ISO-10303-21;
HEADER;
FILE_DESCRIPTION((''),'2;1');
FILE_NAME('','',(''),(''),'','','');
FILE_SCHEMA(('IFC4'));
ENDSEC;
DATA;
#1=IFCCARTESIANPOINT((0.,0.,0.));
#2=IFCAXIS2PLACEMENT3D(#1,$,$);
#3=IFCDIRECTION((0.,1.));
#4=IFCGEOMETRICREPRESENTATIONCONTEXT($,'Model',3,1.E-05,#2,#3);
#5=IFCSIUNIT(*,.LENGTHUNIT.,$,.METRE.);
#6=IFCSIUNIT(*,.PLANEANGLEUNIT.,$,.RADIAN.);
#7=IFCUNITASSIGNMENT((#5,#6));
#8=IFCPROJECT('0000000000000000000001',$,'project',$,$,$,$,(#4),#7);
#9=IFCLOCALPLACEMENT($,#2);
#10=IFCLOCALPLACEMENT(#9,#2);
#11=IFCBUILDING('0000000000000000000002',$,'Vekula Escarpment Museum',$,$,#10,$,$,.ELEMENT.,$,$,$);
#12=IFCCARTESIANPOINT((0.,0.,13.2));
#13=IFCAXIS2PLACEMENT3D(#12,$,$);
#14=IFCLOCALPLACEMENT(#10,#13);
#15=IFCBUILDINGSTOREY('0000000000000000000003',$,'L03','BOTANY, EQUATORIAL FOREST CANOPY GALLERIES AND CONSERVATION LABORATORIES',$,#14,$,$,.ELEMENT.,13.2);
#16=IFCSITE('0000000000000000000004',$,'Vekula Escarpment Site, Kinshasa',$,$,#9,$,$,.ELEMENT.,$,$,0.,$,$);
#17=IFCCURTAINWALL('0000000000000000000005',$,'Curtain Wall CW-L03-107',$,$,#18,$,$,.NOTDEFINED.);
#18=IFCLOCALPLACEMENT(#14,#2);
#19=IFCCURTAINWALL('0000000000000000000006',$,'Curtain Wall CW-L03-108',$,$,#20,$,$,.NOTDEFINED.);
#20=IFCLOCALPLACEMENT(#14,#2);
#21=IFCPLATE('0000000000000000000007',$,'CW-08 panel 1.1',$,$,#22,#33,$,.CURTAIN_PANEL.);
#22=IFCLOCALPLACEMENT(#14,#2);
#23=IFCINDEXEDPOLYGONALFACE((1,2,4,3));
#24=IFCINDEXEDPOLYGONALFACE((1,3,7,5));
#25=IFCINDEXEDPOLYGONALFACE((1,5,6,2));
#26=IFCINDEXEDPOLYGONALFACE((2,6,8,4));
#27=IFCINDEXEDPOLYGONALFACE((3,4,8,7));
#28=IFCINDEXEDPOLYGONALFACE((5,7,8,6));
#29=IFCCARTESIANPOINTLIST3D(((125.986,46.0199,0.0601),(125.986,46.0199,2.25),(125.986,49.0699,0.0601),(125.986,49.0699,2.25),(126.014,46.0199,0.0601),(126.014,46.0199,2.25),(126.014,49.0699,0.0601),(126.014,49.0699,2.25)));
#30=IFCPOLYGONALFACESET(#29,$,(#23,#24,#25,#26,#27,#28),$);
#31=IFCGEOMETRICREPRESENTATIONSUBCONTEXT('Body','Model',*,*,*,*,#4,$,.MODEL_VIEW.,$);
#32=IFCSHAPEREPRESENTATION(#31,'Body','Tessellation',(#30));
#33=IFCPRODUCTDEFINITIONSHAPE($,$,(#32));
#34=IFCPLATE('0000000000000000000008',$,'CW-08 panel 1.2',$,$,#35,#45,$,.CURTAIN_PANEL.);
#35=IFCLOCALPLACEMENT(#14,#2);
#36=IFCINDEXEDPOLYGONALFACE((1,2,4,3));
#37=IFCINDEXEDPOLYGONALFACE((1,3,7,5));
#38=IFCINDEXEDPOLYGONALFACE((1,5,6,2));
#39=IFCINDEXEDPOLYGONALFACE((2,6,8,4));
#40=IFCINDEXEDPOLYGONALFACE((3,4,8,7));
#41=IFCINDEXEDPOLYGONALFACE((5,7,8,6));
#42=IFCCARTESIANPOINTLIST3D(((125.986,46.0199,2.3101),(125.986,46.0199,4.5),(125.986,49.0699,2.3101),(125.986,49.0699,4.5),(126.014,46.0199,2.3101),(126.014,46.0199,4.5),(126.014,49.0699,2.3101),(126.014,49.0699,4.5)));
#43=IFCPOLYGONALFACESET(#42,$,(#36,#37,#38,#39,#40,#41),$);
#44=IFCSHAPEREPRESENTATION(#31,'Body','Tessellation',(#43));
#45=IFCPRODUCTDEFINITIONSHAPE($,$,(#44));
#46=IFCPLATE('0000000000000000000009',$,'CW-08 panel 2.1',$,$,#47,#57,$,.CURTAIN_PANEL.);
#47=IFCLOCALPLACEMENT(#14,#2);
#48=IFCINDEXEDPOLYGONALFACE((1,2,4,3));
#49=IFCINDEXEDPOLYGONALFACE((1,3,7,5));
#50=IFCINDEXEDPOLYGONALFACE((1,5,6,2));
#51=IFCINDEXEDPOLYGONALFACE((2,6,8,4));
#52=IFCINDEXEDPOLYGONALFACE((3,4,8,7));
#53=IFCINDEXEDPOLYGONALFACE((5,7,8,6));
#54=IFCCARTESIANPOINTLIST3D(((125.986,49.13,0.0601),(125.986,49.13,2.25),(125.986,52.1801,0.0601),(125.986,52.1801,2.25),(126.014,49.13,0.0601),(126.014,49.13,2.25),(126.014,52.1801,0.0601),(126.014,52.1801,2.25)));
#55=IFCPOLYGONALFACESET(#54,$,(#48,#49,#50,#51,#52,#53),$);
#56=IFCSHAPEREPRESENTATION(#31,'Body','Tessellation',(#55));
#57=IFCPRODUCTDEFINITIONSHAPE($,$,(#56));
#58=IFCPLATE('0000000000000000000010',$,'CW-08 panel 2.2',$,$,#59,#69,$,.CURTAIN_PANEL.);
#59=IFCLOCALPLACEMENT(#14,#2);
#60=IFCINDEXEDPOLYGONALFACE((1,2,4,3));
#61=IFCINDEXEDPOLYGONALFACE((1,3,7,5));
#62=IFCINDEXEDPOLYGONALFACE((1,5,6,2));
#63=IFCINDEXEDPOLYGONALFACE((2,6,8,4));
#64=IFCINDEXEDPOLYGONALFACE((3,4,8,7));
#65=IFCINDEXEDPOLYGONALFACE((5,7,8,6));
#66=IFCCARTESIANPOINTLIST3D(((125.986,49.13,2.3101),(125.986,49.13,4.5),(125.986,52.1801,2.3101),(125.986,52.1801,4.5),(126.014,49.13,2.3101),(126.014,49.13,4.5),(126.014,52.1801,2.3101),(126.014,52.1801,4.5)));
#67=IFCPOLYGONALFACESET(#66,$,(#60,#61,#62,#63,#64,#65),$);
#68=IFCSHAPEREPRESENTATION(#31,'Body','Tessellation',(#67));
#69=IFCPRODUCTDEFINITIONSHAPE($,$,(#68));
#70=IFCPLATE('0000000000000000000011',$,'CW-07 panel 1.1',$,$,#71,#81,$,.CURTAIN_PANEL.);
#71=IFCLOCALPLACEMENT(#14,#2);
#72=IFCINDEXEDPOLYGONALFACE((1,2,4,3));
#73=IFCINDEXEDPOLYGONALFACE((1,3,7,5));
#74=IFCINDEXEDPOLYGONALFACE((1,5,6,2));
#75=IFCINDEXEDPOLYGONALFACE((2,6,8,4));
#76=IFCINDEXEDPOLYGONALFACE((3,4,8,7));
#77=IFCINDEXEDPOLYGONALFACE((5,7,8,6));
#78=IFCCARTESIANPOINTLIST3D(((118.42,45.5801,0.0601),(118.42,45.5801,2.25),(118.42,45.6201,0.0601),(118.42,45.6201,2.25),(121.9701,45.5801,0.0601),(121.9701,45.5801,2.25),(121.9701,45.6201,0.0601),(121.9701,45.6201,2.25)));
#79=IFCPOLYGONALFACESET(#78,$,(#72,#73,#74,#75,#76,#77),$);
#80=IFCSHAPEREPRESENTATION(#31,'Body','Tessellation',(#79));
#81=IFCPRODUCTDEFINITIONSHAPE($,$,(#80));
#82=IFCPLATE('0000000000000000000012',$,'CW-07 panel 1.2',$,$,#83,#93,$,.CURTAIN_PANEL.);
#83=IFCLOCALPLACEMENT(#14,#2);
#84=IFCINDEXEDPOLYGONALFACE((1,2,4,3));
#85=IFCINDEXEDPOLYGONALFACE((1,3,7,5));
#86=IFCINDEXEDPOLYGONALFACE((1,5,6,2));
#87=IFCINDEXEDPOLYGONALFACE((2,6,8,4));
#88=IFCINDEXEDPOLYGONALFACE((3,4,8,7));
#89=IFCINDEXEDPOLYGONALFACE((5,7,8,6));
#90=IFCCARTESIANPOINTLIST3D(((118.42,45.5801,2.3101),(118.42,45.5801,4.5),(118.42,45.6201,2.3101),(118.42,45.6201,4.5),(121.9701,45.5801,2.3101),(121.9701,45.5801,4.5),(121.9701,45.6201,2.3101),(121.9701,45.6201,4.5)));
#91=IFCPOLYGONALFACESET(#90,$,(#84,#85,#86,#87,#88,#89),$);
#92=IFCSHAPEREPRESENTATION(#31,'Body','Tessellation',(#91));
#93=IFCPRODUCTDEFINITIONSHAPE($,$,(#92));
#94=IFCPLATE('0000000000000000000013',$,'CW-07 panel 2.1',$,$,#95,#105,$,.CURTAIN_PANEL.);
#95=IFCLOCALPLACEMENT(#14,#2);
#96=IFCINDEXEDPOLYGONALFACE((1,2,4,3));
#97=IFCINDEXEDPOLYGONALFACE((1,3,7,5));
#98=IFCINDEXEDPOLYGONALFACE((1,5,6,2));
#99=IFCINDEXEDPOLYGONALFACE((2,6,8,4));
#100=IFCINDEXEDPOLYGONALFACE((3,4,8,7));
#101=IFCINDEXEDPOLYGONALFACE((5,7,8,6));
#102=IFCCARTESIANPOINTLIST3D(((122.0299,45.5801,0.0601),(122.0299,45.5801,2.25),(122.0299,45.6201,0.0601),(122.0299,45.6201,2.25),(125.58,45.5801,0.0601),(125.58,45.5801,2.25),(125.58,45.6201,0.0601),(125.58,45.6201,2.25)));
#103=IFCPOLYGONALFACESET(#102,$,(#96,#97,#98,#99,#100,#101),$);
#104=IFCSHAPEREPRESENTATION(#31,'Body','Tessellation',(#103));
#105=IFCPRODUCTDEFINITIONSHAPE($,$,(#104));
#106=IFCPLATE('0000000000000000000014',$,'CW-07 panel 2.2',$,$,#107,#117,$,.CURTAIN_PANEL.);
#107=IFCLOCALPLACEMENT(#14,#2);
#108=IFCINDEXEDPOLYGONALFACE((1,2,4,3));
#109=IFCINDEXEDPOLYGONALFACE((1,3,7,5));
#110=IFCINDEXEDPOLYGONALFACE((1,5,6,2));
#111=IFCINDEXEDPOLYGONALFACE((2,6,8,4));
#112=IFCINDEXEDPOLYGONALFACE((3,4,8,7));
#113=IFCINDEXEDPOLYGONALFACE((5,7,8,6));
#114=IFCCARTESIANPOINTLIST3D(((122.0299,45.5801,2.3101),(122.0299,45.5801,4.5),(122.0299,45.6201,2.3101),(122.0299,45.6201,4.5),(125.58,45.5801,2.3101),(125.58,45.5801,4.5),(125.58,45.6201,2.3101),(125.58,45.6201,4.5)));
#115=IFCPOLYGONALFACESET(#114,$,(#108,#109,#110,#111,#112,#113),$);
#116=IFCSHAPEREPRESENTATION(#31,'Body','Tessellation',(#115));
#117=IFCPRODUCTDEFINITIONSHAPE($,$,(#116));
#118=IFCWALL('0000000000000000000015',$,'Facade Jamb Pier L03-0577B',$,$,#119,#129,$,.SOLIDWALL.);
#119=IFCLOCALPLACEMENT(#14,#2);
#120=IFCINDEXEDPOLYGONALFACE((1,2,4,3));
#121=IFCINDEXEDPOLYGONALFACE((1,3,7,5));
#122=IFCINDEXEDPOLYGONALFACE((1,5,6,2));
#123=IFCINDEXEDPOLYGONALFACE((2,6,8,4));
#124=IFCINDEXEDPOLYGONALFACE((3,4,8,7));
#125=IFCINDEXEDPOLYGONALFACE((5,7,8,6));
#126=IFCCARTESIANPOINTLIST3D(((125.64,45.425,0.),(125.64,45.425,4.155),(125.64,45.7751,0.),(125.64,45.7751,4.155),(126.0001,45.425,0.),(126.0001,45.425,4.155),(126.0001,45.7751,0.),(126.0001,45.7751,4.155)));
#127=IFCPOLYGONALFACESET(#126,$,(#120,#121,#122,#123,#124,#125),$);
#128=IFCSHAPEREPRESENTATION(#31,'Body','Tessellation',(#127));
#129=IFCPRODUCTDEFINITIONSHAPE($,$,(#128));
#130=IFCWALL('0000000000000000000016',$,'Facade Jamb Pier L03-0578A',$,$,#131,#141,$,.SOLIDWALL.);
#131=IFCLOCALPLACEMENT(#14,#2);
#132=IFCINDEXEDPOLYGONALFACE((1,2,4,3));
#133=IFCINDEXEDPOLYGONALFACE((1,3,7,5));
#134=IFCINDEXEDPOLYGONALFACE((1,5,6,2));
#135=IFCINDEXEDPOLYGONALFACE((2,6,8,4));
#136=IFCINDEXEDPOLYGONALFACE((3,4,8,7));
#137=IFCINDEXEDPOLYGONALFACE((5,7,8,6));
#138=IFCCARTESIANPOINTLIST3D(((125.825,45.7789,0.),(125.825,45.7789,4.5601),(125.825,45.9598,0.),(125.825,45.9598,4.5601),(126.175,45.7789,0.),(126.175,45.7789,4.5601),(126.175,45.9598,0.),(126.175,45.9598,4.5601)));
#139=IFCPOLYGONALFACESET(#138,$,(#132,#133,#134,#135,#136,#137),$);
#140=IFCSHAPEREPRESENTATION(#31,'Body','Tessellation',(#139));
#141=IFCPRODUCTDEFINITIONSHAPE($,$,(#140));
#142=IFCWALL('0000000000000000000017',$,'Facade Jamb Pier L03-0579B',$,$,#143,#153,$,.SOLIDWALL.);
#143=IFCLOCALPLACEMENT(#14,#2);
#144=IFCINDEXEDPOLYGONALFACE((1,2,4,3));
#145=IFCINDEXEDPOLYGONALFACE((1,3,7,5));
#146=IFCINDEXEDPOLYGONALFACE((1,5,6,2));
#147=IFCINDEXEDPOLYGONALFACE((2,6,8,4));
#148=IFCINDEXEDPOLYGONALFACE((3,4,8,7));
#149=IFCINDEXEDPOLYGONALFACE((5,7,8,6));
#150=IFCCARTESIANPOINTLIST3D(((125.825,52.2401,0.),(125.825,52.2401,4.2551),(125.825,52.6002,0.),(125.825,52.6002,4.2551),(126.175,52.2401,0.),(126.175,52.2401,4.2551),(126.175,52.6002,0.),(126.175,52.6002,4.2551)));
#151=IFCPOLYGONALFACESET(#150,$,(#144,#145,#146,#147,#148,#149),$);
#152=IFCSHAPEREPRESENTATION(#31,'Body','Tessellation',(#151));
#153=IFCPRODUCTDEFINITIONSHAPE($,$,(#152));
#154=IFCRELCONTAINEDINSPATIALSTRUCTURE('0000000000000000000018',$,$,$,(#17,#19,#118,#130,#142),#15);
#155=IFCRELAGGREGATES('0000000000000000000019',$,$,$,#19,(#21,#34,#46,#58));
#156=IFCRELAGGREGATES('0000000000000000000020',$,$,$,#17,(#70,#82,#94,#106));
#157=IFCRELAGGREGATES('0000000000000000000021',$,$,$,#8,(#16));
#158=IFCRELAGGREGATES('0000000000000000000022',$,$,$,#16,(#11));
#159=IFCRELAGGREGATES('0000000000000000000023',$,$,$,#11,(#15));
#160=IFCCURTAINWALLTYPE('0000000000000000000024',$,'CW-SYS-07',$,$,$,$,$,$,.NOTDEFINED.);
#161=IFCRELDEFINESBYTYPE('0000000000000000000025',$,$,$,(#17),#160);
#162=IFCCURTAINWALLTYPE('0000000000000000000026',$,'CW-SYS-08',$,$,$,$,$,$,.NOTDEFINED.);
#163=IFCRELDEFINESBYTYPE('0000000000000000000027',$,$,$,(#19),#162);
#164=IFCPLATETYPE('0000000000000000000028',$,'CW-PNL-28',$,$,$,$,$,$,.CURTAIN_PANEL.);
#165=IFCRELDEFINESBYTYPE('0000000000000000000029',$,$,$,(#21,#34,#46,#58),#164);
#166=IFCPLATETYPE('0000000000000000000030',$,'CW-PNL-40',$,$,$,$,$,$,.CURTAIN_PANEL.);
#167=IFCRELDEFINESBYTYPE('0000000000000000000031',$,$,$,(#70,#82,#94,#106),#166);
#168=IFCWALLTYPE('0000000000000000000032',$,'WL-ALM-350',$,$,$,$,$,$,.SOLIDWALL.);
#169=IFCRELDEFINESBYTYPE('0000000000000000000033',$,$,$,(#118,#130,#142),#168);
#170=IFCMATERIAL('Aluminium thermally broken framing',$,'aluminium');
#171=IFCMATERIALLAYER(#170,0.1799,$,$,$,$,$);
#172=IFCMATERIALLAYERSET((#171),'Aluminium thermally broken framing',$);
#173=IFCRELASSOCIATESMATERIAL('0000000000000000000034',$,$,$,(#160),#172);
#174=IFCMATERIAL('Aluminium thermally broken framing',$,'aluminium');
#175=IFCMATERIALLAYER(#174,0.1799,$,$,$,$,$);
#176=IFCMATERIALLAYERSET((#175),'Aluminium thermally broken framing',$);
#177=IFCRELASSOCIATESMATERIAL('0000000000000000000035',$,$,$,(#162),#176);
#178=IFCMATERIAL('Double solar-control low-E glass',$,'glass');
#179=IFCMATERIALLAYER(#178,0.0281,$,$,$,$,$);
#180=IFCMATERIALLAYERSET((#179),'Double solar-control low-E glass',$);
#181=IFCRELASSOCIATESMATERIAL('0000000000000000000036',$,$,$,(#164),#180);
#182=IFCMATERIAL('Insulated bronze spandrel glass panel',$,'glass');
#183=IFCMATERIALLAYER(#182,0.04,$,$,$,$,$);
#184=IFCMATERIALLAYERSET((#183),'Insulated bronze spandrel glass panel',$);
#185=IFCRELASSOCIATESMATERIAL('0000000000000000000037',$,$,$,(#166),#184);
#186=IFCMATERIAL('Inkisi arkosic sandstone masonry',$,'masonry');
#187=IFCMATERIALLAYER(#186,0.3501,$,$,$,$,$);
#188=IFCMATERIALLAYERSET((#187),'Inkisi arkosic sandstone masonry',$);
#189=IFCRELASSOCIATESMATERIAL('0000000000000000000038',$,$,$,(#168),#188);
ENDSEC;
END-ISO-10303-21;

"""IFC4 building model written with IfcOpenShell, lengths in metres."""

from ifc_helpers import new_model, si_unit, direction, frame, frame_2d, origin, origin_2d, place, context, subcontext, project, spatial, rectangle, extrude, material, layer, layer_set, type_object, element, aggregate, save


model = new_model("IFC4")

# Units and contexts
model_context = context("Model", 3, precision=1e-05, world=origin(), true_north=direction((0.0, 1.0)))
body_context = subcontext(model_context, "Body", "Model", "MODEL_VIEW")
ifc_project = project(units=[si_unit("LENGTHUNIT", "METRE"), si_unit("PLANEANGLEUNIT", "RADIAN")], contexts=[model_context])

# Site, building, storey
site_placement = place(None, origin())
site = spatial("IfcSite", under=ifc_project, at=site_placement, Name="Vekula Escarpment Site, Kinshasa", CompositionType="ELEMENT", RefElevation=0.0)
building_placement = place(site_placement, origin())
building = spatial("IfcBuilding", under=site, at=building_placement, Name="Vekula Escarpment Museum", CompositionType="ELEMENT")
storey_placement = place(building_placement, frame((0.0, 0.0, 13.2)))
storey = spatial("IfcBuildingStorey", under=building, at=storey_placement, Name="L03", Description="BOTANY, EQUATORIAL FOREST CANOPY GALLERIES AND CONSERVATION LABORATORIES", CompositionType="ELEMENT", Elevation=13.2)

# Curtain walls
ifc_material_1 = material(Name="Aluminium thermally broken framing", Category="aluminium")
ifc_layer_1 = layer(ifc_material_1, 0.1799)
ifc_layer_set_1 = layer_set([ifc_layer_1], Name="Aluminium thermally broken framing")
curtain_wall_type_1 = type_object("IfcCurtainWallType", Name="CW-SYS-07", PredefinedType="NOTDEFINED", material=ifc_layer_set_1)
curtain_wall_1_placement = place(storey_placement, origin())
curtain_wall_1 = element("IfcCurtainWall", 1, at=curtain_wall_1_placement, inside=storey, type_object=curtain_wall_type_1, Name="Curtain Wall CW-L03-107", PredefinedType="NOTDEFINED")
ifc_material_2 = material(Name="Aluminium thermally broken framing", Category="aluminium")
ifc_layer_2 = layer(ifc_material_2, 0.1799)
ifc_layer_set_2 = layer_set([ifc_layer_2], Name="Aluminium thermally broken framing")
curtain_wall_type_2 = type_object("IfcCurtainWallType", Name="CW-SYS-08", PredefinedType="NOTDEFINED", material=ifc_layer_set_2)
curtain_wall_2_placement = place(storey_placement, origin())
curtain_wall_2 = element("IfcCurtainWall", 2, at=curtain_wall_2_placement, inside=storey, type_object=curtain_wall_type_2, Name="Curtain Wall CW-L03-108", PredefinedType="NOTDEFINED")

# Plates
ifc_material_3 = material(Name="Double solar-control low-E glass", Category="glass")
ifc_layer_3 = layer(ifc_material_3, 0.0281)
ifc_layer_set_3 = layer_set([ifc_layer_3], Name="Double solar-control low-E glass")
plate_type_1 = type_object("IfcPlateType", Name="CW-PNL-28", PredefinedType="CURTAIN_PANEL", material=ifc_layer_set_3)
plate_1_placement = place(storey_placement, frame((126.0, 47.5449, 0.0601), z_axis=(0.0, 0.0, 1.0), x_axis=(0.0, 1.0, 0.0)))
plate_1 = element("IfcPlate", 3, at=plate_1_placement, type_object=plate_type_1, Name="CW-08 panel 1.1", PredefinedType="CURTAIN_PANEL", context=body_context, shape_type="SweptSolid", body=[
    extrude(rectangle(XDim=3.05, YDim=0.0281, at=origin_2d()), origin(), (0.0, 0.0, 1.0), 2.1899),
])
plate_2_placement = place(storey_placement, frame((126.0, 47.5449, 2.3101), z_axis=(0.0, 0.0, 1.0), x_axis=(0.0, 1.0, 0.0)))
plate_2 = element("IfcPlate", 4, at=plate_2_placement, type_object=plate_type_1, Name="CW-08 panel 1.2", PredefinedType="CURTAIN_PANEL", context=body_context, shape_type="SweptSolid", body=[
    extrude(rectangle(XDim=3.05, YDim=0.0281, at=origin_2d()), origin(), (0.0, 0.0, 1.0), 2.1899),
])
plate_3_placement = place(storey_placement, frame((126.0, 50.655, 0.0601), z_axis=(0.0, 0.0, 1.0), x_axis=(0.0, 1.0, 0.0)))
plate_3 = element("IfcPlate", 5, at=plate_3_placement, type_object=plate_type_1, Name="CW-08 panel 2.1", PredefinedType="CURTAIN_PANEL", context=body_context, shape_type="SweptSolid", body=[
    extrude(rectangle(XDim=3.05, YDim=0.0281, at=origin_2d()), origin(), (0.0, 0.0, 1.0), 2.1899),
])
plate_4_placement = place(storey_placement, frame((126.0, 50.655, 2.3101), z_axis=(0.0, 0.0, 1.0), x_axis=(0.0, 1.0, 0.0)))
plate_4 = element("IfcPlate", 6, at=plate_4_placement, type_object=plate_type_1, Name="CW-08 panel 2.2", PredefinedType="CURTAIN_PANEL", context=body_context, shape_type="SweptSolid", body=[
    extrude(rectangle(XDim=3.05, YDim=0.0281, at=origin_2d()), origin(), (0.0, 0.0, 1.0), 2.1899),
])
aggregate(curtain_wall_2, [plate_1, plate_2, plate_3, plate_4])
ifc_material_4 = material(Name="Insulated bronze spandrel glass panel", Category="glass")
ifc_layer_4 = layer(ifc_material_4, 0.04)
ifc_layer_set_4 = layer_set([ifc_layer_4], Name="Insulated bronze spandrel glass panel")
plate_type_2 = type_object("IfcPlateType", Name="CW-PNL-40", PredefinedType="CURTAIN_PANEL", material=ifc_layer_set_4)
plate_5_placement = place(storey_placement, frame((120.1951, 45.6001, 0.0601), z_axis=(0.0, 0.0, 1.0), x_axis=(1.0, 0.0, 0.0)))
plate_5 = element("IfcPlate", 7, at=plate_5_placement, type_object=plate_type_2, Name="CW-07 panel 1.1", PredefinedType="CURTAIN_PANEL", context=body_context, shape_type="SweptSolid", body=[
    extrude(rectangle(XDim=3.55, YDim=0.04, at=origin_2d()), origin(), (0.0, 0.0, 1.0), 2.1899),
])
plate_6_placement = place(storey_placement, frame((120.1951, 45.6001, 2.3101), z_axis=(0.0, 0.0, 1.0), x_axis=(1.0, 0.0, 0.0)))
plate_6 = element("IfcPlate", 8, at=plate_6_placement, type_object=plate_type_2, Name="CW-07 panel 1.2", PredefinedType="CURTAIN_PANEL", context=body_context, shape_type="SweptSolid", body=[
    extrude(rectangle(XDim=3.55, YDim=0.04, at=origin_2d()), origin(), (0.0, 0.0, 1.0), 2.1899),
])
plate_7_placement = place(storey_placement, frame((123.8049, 45.6001, 0.0601), z_axis=(0.0, 0.0, 1.0), x_axis=(1.0, 0.0, 0.0)))
plate_7 = element("IfcPlate", 9, at=plate_7_placement, type_object=plate_type_2, Name="CW-07 panel 2.1", PredefinedType="CURTAIN_PANEL", context=body_context, shape_type="SweptSolid", body=[
    extrude(rectangle(XDim=3.55, YDim=0.04, at=origin_2d()), origin(), (0.0, 0.0, 1.0), 2.1899),
])
plate_8_placement = place(storey_placement, frame((123.8049, 45.6001, 2.3101), z_axis=(0.0, 0.0, 1.0), x_axis=(1.0, 0.0, 0.0)))
plate_8 = element("IfcPlate", 10, at=plate_8_placement, type_object=plate_type_2, Name="CW-07 panel 2.2", PredefinedType="CURTAIN_PANEL", context=body_context, shape_type="SweptSolid", body=[
    extrude(rectangle(XDim=3.55, YDim=0.04, at=origin_2d()), origin(), (0.0, 0.0, 1.0), 2.1899),
])
aggregate(curtain_wall_1, [plate_5, plate_6, plate_7, plate_8])

# Walls
ifc_material_5 = material(Name="Inkisi arkosic sandstone masonry", Category="masonry")
ifc_layer_5 = layer(ifc_material_5, 0.3501)
ifc_layer_set_5 = layer_set([ifc_layer_5], Name="Inkisi arkosic sandstone masonry")
wall_type = type_object("IfcWallType", Name="WL-ALM-350", PredefinedType="SOLIDWALL", material=ifc_layer_set_5)
wall_1_placement = place(storey_placement, frame((125.6399, 45.6001, 0.0), z_axis=(0.0, 0.0, 1.0), x_axis=(1.0, 0.0, 0.0)))
element("IfcWall", 11, at=wall_1_placement, inside=storey, type_object=wall_type, Name="Facade Jamb Pier L03-0577B", PredefinedType="SOLIDWALL", context=body_context, shape_type="SweptSolid", body=[
    extrude(rectangle(XDim=0.3601, YDim=0.3501, at=frame_2d((0.1802, 0.0))), origin(), (0.0, 0.0, 1.0), 4.155),
])
wall_2_placement = place(storey_placement, frame((126.0, 45.7791, 0.0), z_axis=(0.0, 0.0, 1.0), x_axis=(0.0, 1.0, 0.0)))
element("IfcWall", 12, at=wall_2_placement, inside=storey, type_object=wall_type, Name="Facade Jamb Pier L03-0578A", PredefinedType="SOLIDWALL", context=body_context, shape_type="SweptSolid", body=[
    extrude(rectangle(XDim=0.1809, YDim=0.3501, at=frame_2d((0.0903, 0.0))), origin(), (0.0, 0.0, 1.0), 4.5601),
])
wall_3_placement = place(storey_placement, frame((126.0, 52.24, 0.0), z_axis=(0.0, 0.0, 1.0), x_axis=(0.0, 1.0, 0.0)))
element("IfcWall", 13, at=wall_3_placement, inside=storey, type_object=wall_type, Name="Facade Jamb Pier L03-0579B", PredefinedType="SOLIDWALL", context=body_context, shape_type="SweptSolid", body=[
    extrude(rectangle(XDim=0.3601, YDim=0.3501, at=frame_2d((0.1802, 0.0))), origin(), (0.0, 0.0, 1.0), 4.2551),
])

save(model, "model.ifc")
